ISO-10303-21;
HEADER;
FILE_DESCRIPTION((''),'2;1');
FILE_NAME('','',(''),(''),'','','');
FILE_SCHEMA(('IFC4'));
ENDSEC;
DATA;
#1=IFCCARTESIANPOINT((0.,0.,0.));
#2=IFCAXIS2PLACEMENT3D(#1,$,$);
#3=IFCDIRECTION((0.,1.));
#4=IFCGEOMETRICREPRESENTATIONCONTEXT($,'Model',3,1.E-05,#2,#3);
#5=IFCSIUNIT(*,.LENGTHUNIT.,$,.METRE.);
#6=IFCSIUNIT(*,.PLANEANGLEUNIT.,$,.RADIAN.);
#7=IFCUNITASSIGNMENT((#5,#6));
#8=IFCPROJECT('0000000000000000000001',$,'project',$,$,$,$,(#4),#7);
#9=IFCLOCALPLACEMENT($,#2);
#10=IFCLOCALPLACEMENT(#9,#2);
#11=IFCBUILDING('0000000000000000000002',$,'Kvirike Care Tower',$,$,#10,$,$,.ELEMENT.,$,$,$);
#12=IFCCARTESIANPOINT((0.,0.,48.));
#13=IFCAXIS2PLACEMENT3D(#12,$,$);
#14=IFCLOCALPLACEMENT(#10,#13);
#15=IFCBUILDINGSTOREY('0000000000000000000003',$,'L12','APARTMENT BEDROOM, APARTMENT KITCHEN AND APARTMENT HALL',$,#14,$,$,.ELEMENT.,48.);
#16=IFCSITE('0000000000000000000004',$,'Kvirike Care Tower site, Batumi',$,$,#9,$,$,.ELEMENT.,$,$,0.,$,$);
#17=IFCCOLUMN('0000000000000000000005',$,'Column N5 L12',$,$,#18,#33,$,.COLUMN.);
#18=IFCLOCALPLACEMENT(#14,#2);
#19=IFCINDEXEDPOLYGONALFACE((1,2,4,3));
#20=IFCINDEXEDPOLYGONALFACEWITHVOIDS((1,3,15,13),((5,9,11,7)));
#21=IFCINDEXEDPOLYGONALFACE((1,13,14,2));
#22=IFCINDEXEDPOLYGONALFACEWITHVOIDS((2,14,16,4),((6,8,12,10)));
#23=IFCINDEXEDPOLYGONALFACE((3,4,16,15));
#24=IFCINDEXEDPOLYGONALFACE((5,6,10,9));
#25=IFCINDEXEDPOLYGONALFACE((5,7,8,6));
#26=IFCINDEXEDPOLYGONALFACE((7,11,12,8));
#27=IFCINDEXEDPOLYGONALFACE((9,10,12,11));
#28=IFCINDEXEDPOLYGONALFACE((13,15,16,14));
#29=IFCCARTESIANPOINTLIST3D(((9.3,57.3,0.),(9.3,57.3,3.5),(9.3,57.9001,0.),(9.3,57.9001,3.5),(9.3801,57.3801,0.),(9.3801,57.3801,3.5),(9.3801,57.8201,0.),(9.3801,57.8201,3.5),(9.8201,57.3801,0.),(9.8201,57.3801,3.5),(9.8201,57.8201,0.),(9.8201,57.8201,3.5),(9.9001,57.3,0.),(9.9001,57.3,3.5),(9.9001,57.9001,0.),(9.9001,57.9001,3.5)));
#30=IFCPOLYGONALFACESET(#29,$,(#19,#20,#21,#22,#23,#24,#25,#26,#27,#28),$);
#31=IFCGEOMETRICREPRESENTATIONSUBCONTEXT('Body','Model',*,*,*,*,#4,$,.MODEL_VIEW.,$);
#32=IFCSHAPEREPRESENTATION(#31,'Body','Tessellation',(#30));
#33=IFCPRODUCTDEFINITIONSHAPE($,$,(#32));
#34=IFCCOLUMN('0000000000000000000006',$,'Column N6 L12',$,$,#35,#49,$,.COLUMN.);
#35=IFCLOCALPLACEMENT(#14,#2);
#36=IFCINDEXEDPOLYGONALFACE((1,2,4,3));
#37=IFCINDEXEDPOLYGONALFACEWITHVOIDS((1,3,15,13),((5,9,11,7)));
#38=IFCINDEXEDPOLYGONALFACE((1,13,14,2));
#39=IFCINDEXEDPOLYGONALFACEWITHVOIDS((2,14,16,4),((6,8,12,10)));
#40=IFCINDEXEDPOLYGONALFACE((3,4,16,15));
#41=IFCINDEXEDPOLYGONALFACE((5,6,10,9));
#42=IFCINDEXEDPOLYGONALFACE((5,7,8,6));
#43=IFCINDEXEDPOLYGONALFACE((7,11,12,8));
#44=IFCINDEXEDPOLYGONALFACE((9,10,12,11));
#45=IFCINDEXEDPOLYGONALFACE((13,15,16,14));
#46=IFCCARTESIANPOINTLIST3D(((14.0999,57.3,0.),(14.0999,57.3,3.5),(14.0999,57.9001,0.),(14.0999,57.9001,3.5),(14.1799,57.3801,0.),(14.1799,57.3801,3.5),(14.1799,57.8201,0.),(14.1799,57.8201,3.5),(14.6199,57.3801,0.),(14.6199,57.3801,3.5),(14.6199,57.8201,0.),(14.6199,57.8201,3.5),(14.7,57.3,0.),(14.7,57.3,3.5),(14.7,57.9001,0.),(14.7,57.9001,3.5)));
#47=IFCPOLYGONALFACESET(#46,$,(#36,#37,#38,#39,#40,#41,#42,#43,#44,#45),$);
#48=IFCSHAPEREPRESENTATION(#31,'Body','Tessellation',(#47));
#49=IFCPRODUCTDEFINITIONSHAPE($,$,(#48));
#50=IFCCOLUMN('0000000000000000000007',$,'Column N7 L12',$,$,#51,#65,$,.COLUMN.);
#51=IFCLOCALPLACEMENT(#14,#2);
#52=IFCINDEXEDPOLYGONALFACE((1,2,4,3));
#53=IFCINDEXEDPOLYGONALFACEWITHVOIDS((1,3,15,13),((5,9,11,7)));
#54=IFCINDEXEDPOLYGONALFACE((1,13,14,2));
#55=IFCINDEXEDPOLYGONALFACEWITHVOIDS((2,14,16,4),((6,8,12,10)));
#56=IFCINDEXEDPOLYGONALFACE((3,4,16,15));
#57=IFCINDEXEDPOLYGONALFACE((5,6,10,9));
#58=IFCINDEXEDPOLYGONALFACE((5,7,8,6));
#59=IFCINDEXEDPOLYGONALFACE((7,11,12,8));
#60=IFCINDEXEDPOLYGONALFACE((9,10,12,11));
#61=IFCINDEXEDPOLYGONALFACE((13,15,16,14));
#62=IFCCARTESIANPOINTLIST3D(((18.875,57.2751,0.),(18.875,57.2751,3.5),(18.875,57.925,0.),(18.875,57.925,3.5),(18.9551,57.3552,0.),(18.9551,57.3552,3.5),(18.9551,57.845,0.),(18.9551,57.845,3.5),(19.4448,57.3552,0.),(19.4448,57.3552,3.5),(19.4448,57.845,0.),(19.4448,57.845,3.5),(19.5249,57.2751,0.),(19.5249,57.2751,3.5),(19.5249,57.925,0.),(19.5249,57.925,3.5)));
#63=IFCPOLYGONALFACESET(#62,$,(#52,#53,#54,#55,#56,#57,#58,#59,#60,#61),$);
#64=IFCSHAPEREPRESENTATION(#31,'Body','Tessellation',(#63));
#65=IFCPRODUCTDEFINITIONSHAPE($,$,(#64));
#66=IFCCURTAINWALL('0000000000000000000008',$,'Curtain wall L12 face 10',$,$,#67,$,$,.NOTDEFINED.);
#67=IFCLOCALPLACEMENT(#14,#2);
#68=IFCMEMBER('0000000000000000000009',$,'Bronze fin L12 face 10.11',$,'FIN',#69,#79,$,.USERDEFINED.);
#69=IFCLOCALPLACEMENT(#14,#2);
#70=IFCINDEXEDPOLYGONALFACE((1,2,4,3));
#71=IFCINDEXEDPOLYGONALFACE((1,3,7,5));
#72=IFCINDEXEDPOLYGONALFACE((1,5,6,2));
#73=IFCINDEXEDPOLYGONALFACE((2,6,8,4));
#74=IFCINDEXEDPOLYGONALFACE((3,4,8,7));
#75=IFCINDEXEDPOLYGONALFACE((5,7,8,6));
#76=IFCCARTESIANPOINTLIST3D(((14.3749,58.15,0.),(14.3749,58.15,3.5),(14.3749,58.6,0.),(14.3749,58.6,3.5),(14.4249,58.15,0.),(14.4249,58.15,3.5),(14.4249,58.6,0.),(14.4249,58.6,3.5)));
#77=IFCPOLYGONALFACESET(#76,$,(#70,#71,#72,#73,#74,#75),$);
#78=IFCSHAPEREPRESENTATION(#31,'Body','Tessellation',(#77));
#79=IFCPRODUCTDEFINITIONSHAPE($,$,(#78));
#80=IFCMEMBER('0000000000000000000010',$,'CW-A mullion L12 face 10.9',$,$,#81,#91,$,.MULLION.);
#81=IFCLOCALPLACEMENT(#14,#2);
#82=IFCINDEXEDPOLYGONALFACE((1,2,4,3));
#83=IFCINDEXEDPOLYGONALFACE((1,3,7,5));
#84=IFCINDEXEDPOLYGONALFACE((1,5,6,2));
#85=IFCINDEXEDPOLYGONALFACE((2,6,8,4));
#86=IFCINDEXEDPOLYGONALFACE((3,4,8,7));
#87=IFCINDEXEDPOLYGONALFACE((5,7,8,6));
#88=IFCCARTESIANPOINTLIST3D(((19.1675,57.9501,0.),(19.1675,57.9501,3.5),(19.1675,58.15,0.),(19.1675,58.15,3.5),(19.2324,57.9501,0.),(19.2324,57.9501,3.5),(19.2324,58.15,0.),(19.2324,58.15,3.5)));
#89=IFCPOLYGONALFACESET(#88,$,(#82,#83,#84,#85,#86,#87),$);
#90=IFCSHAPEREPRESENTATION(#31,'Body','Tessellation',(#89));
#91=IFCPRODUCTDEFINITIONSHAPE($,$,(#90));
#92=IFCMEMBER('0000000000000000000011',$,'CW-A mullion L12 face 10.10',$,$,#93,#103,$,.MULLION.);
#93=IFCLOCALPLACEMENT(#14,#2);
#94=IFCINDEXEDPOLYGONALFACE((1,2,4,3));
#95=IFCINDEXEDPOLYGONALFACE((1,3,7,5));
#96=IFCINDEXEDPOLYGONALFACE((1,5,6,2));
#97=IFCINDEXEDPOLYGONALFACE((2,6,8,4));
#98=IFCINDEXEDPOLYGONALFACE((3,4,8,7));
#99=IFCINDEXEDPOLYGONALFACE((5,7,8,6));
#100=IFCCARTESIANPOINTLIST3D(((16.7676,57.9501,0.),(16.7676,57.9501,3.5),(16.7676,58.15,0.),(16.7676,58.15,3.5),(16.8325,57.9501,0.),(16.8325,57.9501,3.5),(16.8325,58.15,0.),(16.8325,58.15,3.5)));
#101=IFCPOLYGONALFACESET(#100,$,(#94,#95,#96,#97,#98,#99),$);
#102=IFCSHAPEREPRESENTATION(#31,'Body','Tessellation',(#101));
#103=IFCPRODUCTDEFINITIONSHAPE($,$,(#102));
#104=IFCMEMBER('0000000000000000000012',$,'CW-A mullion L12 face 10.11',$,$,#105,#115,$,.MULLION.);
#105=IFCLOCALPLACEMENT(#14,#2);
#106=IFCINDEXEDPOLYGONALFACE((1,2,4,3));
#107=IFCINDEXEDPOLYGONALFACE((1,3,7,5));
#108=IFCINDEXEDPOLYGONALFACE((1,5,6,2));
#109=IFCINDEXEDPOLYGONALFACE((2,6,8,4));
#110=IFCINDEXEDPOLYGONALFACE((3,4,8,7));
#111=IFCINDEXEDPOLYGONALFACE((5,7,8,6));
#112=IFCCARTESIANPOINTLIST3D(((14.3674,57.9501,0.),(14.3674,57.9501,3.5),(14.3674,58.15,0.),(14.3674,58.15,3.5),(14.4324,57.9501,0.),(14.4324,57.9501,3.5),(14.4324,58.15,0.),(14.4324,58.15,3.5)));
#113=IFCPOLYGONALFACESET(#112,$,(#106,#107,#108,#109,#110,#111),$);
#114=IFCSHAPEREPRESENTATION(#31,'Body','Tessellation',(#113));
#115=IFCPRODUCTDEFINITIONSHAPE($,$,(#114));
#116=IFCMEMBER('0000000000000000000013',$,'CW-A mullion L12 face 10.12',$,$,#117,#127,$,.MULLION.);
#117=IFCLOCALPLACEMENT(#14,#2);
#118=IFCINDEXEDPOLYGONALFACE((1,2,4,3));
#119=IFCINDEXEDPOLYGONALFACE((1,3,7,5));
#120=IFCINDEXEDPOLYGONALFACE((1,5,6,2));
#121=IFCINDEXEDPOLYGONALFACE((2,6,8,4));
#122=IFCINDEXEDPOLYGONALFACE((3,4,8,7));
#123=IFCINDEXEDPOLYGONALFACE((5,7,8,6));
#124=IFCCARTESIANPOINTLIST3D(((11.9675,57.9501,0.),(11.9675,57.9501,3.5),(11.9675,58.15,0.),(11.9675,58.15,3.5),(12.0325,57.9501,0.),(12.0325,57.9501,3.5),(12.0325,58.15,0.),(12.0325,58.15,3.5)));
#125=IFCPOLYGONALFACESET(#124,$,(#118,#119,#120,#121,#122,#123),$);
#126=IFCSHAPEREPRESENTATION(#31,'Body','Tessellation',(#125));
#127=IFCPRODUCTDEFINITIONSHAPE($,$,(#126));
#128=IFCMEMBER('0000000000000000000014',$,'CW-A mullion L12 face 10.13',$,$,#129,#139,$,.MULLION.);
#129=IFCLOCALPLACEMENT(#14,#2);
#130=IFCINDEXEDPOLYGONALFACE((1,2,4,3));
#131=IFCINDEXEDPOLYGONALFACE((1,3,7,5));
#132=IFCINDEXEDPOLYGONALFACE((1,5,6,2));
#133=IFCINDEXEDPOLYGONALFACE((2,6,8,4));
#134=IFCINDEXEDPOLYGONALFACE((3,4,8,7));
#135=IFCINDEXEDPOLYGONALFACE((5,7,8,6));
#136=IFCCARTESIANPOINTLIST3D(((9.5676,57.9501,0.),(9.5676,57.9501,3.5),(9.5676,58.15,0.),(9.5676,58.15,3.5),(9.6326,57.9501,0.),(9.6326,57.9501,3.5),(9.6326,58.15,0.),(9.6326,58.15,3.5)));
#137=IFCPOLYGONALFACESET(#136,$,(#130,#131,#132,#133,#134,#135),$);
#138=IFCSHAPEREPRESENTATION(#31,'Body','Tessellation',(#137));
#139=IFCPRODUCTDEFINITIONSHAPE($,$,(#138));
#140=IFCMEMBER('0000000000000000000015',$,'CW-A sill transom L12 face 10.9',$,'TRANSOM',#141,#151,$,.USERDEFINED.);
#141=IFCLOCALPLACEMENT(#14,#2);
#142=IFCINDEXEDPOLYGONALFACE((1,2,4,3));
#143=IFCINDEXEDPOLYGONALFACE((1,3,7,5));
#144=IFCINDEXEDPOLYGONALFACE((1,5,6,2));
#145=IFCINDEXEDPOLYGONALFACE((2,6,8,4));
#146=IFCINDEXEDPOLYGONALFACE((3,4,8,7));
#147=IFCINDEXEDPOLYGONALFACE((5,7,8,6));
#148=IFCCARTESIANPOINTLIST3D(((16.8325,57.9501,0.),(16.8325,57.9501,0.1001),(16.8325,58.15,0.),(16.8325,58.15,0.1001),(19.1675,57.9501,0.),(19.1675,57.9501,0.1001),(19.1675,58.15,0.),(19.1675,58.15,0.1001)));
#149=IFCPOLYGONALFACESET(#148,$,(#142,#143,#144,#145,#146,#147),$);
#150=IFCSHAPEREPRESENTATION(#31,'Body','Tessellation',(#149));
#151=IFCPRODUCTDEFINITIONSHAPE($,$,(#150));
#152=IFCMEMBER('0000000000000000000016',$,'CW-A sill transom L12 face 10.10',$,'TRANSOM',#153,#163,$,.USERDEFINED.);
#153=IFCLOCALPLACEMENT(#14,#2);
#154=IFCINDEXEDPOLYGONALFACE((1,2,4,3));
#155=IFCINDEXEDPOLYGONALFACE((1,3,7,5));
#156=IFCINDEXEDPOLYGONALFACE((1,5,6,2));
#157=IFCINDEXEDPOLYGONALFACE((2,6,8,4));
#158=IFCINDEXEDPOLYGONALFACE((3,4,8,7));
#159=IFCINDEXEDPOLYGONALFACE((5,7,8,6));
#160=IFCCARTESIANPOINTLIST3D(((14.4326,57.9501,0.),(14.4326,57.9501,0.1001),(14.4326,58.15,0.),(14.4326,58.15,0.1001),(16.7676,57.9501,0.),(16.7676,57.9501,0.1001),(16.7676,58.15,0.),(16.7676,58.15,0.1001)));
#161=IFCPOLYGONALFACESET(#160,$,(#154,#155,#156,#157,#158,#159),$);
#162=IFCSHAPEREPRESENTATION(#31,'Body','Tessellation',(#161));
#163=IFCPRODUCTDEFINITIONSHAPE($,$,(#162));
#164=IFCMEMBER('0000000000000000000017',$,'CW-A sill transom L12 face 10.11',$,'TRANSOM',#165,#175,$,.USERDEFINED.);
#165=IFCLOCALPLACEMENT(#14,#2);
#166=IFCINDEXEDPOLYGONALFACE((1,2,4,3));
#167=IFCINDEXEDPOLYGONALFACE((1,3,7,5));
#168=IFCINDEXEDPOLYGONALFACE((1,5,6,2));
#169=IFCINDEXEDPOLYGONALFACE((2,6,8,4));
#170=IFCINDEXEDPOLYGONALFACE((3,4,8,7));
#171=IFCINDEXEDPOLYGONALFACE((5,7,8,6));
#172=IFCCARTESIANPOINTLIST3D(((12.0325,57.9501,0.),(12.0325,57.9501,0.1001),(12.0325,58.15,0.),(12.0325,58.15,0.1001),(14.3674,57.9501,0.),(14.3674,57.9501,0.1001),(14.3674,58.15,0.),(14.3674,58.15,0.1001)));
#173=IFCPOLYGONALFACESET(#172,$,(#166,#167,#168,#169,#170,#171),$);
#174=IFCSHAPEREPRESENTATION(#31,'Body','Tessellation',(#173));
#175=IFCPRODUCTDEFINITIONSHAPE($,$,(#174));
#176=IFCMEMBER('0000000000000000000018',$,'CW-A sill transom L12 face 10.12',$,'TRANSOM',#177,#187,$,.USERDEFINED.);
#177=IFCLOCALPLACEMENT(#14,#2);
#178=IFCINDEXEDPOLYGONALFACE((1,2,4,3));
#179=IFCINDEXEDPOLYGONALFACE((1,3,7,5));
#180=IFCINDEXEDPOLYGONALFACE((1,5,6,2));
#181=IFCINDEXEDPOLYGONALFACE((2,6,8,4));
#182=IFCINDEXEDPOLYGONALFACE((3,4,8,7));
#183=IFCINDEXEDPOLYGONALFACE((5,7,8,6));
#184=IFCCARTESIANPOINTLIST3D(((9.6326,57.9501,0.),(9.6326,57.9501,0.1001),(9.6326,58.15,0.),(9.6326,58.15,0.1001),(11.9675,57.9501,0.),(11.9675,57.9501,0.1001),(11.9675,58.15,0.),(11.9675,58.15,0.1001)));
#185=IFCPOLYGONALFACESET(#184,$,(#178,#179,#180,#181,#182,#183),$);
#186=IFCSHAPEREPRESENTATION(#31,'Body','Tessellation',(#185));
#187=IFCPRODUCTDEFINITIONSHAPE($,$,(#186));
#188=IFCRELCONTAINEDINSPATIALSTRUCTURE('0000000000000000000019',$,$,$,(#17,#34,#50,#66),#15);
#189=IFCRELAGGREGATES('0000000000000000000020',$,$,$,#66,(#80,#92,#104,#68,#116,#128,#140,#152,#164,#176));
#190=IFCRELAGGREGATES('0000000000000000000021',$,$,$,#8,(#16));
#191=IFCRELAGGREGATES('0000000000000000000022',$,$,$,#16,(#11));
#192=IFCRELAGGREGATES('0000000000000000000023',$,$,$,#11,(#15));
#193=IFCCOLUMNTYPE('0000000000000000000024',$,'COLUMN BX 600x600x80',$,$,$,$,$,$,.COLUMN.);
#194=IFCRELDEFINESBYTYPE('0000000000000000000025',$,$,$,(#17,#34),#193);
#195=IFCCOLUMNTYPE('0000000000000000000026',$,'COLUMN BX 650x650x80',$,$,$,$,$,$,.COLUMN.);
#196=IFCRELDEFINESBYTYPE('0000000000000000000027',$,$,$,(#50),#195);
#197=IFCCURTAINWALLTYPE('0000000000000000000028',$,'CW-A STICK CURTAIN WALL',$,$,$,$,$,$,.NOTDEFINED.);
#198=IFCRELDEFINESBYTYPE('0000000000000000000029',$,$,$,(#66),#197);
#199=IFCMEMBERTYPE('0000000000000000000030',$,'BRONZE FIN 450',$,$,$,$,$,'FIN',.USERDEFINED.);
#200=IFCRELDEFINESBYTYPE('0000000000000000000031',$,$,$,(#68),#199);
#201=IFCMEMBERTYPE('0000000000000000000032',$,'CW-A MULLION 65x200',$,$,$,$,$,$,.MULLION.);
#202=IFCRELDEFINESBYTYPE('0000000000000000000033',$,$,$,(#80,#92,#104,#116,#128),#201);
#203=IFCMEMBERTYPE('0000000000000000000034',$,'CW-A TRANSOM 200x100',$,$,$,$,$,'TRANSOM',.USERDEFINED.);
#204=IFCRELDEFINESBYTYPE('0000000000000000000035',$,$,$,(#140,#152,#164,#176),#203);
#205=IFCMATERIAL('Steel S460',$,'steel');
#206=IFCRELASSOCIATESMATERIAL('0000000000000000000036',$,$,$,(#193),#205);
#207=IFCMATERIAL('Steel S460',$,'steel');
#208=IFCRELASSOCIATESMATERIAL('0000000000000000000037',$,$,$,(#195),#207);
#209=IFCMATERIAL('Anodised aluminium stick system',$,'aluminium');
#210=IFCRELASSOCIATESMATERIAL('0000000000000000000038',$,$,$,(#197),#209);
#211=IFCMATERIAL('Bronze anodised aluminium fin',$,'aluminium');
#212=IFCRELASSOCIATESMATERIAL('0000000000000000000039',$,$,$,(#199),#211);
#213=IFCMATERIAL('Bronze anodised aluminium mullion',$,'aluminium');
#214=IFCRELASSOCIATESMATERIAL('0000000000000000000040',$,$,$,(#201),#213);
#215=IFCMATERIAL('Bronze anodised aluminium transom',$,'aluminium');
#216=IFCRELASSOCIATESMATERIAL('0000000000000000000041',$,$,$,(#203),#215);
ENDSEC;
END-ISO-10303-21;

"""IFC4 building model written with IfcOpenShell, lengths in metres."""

from ifc_helpers import new_model, si_unit, direction, frame, origin, origin_2d, place, context, subcontext, project, spatial, rectangle, hollow_rectangle, extrude, material, material_profile, profile_set, type_object, element, aggregate, save


model = new_model("IFC4")

# Units and contexts
model_context = context("Model", 3, precision=1e-05, world=origin(), true_north=direction((0.0, 1.0)))
body_context = subcontext(model_context, "Body", "Model", "MODEL_VIEW")
ifc_project = project(units=[si_unit("LENGTHUNIT", "METRE"), si_unit("PLANEANGLEUNIT", "RADIAN")], contexts=[model_context])

# Site, building, storey
site_placement = place(None, origin())
site = spatial("IfcSite", under=ifc_project, at=site_placement, Name="Kvirike Care Tower site, Batumi", CompositionType="ELEMENT", RefElevation=0.0)
building_placement = place(site_placement, origin())
building = spatial("IfcBuilding", under=site, at=building_placement, Name="Kvirike Care Tower", CompositionType="ELEMENT")
storey_placement = place(building_placement, frame((0.0, 0.0, 48.0)))
storey = spatial("IfcBuildingStorey", under=building, at=storey_placement, Name="L12", Description="APARTMENT BEDROOM, APARTMENT KITCHEN AND APARTMENT HALL", CompositionType="ELEMENT", Elevation=48.0)

# Columns
ifc_material_1 = material(Name="Steel S460", Category="steel")
ifc_material_profile_1 = material_profile(ifc_material_1, hollow_rectangle(XDim=0.6001, YDim=0.6001, WallThickness=0.0801, at=origin_2d()), Name="BX 600x600x80")
ifc_profile_set_1 = profile_set([ifc_material_profile_1], Name="Steel S460")
column_type_1 = type_object("IfcColumnType", Name="COLUMN BX 600x600x80", PredefinedType="COLUMN", material=ifc_profile_set_1)
for number, where, z_axis, x_axis, name in (
    (1, (9.6001, 57.6001, 0.0), (0.0, 0.0, 1.0), (0.0, 1.0, 0.0), "Column N5 L12"),
    (2, (14.3999, 57.6001, 0.0), (0.0, 0.0, 1.0), (0.0, 1.0, 0.0), "Column N6 L12"),
):
    element("IfcColumn", number, at=place(storey_placement, frame(where, z_axis=z_axis, x_axis=x_axis)), inside=storey, type_object=column_type_1, Name=name, PredefinedType="COLUMN", context=body_context, shape_type="SweptSolid", body=[
        extrude(hollow_rectangle(XDim=0.6001, YDim=0.6001, WallThickness=0.0801, at=origin_2d()), origin(), (0.0, 0.0, 1.0), 3.5),
    ])
ifc_material_2 = material(Name="Steel S460", Category="steel")
ifc_material_profile_2 = material_profile(ifc_material_2, hollow_rectangle(XDim=0.6499, YDim=0.6499, WallThickness=0.0801, at=origin_2d()), Name="BX 650x650x80")
ifc_profile_set_2 = profile_set([ifc_material_profile_2], Name="Steel S460")
column_type_2 = type_object("IfcColumnType", Name="COLUMN BX 650x650x80", PredefinedType="COLUMN", material=ifc_profile_set_2)
column_placement = place(storey_placement, frame((19.2, 57.6001, 0.0), z_axis=(0.0, 0.0, 1.0), x_axis=(0.0, 1.0, 0.0)))
element("IfcColumn", 3, at=column_placement, inside=storey, type_object=column_type_2, Name="Column N7 L12", PredefinedType="COLUMN", context=body_context, shape_type="SweptSolid", body=[
    extrude(hollow_rectangle(XDim=0.6499, YDim=0.6499, WallThickness=0.0801, at=origin_2d()), origin(), (0.0, 0.0, 1.0), 3.5),
])

# Curtain wall, members
ifc_material_3 = material(Name="Anodised aluminium stick system", Category="aluminium")
curtain_wall_type = type_object("IfcCurtainWallType", Name="CW-A STICK CURTAIN WALL", PredefinedType="NOTDEFINED", material=ifc_material_3)
curtain_wall_placement = place(storey_placement, origin())
curtain_wall = element("IfcCurtainWall", 4, at=curtain_wall_placement, inside=storey, type_object=curtain_wall_type, Name="Curtain wall L12 face 10", PredefinedType="NOTDEFINED")
ifc_material_4 = material(Name="Bronze anodised aluminium fin", Category="aluminium")
ifc_material_profile_3 = material_profile(ifc_material_4, rectangle(XDim=0.05, YDim=0.45, at=origin_2d()), Name="BRONZE FIN 450")
ifc_profile_set_3 = profile_set([ifc_material_profile_3], Name="Bronze anodised aluminium fin")
member_type_1 = type_object("IfcMemberType", Name="BRONZE FIN 450", ElementType="FIN", PredefinedType="USERDEFINED", material=ifc_profile_set_3)
member_1_placement = place(storey_placement, frame((14.3999, 58.375, 0.0), z_axis=(0.0, 0.0, 1.0), x_axis=(-1.0, 0.0, 0.0)))
member_1 = element("IfcMember", 5, at=member_1_placement, type_object=member_type_1, Name="Bronze fin L12 face 10.11", ObjectType="FIN", PredefinedType="USERDEFINED", context=body_context, shape_type="SweptSolid", body=[
    extrude(rectangle(XDim=0.05, YDim=0.45, at=origin_2d()), origin(), (0.0, 0.0, 1.0), 3.5),
])
ifc_material_5 = material(Name="Bronze anodised aluminium mullion", Category="aluminium")
ifc_material_profile_4 = material_profile(ifc_material_5, rectangle(XDim=0.0649, YDim=0.2, at=origin_2d()), Name="CW-A MULLION 65x200")
ifc_profile_set_4 = profile_set([ifc_material_profile_4], Name="Bronze anodised aluminium mullion")
member_type_2 = type_object("IfcMemberType", Name="CW-A MULLION 65x200", PredefinedType="MULLION", material=ifc_profile_set_4)
member_2_placement = place(storey_placement, frame((19.2, 58.05, 0.0), z_axis=(0.0, 0.0, 1.0), x_axis=(-1.0, 0.0, 0.0)))
member_2 = element("IfcMember", 6, at=member_2_placement, type_object=member_type_2, Name="CW-A mullion L12 face 10.9", PredefinedType="MULLION", context=body_context, shape_type="SweptSolid", body=[
    extrude(rectangle(XDim=0.0649, YDim=0.2, at=origin_2d()), origin(), (0.0, 0.0, 1.0), 3.5),
])
member_3_placement = place(storey_placement, frame((16.8, 58.05, 0.0), z_axis=(0.0, 0.0, 1.0), x_axis=(-1.0, 0.0, 0.0)))
member_3 = element("IfcMember", 7, at=member_3_placement, type_object=member_type_2, Name="CW-A mullion L12 face 10.10", PredefinedType="MULLION", context=body_context, shape_type="SweptSolid", body=[
    extrude(rectangle(XDim=0.0649, YDim=0.2, at=origin_2d()), origin(), (0.0, 0.0, 1.0), 3.5),
])
member_4_placement = place(storey_placement, frame((14.3999, 58.05, 0.0), z_axis=(0.0, 0.0, 1.0), x_axis=(-1.0, 0.0, 0.0)))
member_4 = element("IfcMember", 8, at=member_4_placement, type_object=member_type_2, Name="CW-A mullion L12 face 10.11", PredefinedType="MULLION", context=body_context, shape_type="SweptSolid", body=[
    extrude(rectangle(XDim=0.0649, YDim=0.2, at=origin_2d()), origin(), (0.0, 0.0, 1.0), 3.5),
])
member_5_placement = place(storey_placement, frame((12.0, 58.05, 0.0), z_axis=(0.0, 0.0, 1.0), x_axis=(-1.0, 0.0, 0.0)))
member_5 = element("IfcMember", 9, at=member_5_placement, type_object=member_type_2, Name="CW-A mullion L12 face 10.12", PredefinedType="MULLION", context=body_context, shape_type="SweptSolid", body=[
    extrude(rectangle(XDim=0.0649, YDim=0.2, at=origin_2d()), origin(), (0.0, 0.0, 1.0), 3.5),
])
member_6_placement = place(storey_placement, frame((9.6001, 58.05, 0.0), z_axis=(0.0, 0.0, 1.0), x_axis=(-1.0, 0.0, 0.0)))
member_6 = element("IfcMember", 10, at=member_6_placement, type_object=member_type_2, Name="CW-A mullion L12 face 10.13", PredefinedType="MULLION", context=body_context, shape_type="SweptSolid", body=[
    extrude(rectangle(XDim=0.0649, YDim=0.2, at=origin_2d()), origin(), (0.0, 0.0, 1.0), 3.5),
])
ifc_material_6 = material(Name="Bronze anodised aluminium transom", Category="aluminium")
ifc_material_profile_5 = material_profile(ifc_material_6, rectangle(XDim=0.2, YDim=0.1001, at=origin_2d()), Name="CW-A TRANSOM 200x100")
ifc_profile_set_5 = profile_set([ifc_material_profile_5], Name="Bronze anodised aluminium transom")
member_type_3 = type_object("IfcMemberType", Name="CW-A TRANSOM 200x100", ElementType="TRANSOM", PredefinedType="USERDEFINED", material=ifc_profile_set_5)
member_7_placement = place(storey_placement, frame((19.1675, 58.05, 0.05), z_axis=(-1.0, 0.0, 0.0), x_axis=(0.0, -1.0, 0.0)))
member_7 = element("IfcMember", 11, at=member_7_placement, type_object=member_type_3, Name="CW-A sill transom L12 face 10.9", ObjectType="TRANSOM", PredefinedType="USERDEFINED", context=body_context, shape_type="SweptSolid", body=[
    extrude(rectangle(XDim=0.2, YDim=0.1001, at=origin_2d()), origin(), (0.0, 0.0, 1.0), 2.335),
])
member_8_placement = place(storey_placement, frame((16.7676, 58.05, 0.05), z_axis=(-1.0, 0.0, 0.0), x_axis=(0.0, -1.0, 0.0)))
member_8 = element("IfcMember", 12, at=member_8_placement, type_object=member_type_3, Name="CW-A sill transom L12 face 10.10", ObjectType="TRANSOM", PredefinedType="USERDEFINED", context=body_context, shape_type="SweptSolid", body=[
    extrude(rectangle(XDim=0.2, YDim=0.1001, at=origin_2d()), origin(), (0.0, 0.0, 1.0), 2.335),
])
member_9_placement = place(storey_placement, frame((14.3674, 58.05, 0.05), z_axis=(-1.0, 0.0, 0.0), x_axis=(0.0, -1.0, 0.0)))
member_9 = element("IfcMember", 13, at=member_9_placement, type_object=member_type_3, Name="CW-A sill transom L12 face 10.11", ObjectType="TRANSOM", PredefinedType="USERDEFINED", context=body_context, shape_type="SweptSolid", body=[
    extrude(rectangle(XDim=0.2, YDim=0.1001, at=origin_2d()), origin(), (0.0, 0.0, 1.0), 2.335),
])
member_10_placement = place(storey_placement, frame((11.9675, 58.05, 0.05), z_axis=(-1.0, 0.0, 0.0), x_axis=(0.0, -1.0, 0.0)))
member_10 = element("IfcMember", 14, at=member_10_placement, type_object=member_type_3, Name="CW-A sill transom L12 face 10.12", ObjectType="TRANSOM", PredefinedType="USERDEFINED", context=body_context, shape_type="SweptSolid", body=[
    extrude(rectangle(XDim=0.2, YDim=0.1001, at=origin_2d()), origin(), (0.0, 0.0, 1.0), 2.335),
])

aggregate(curtain_wall, [member_2, member_3, member_4, member_1, member_5, member_6, member_7, member_8, member_9, member_10])

save(model, "model.ifc")
